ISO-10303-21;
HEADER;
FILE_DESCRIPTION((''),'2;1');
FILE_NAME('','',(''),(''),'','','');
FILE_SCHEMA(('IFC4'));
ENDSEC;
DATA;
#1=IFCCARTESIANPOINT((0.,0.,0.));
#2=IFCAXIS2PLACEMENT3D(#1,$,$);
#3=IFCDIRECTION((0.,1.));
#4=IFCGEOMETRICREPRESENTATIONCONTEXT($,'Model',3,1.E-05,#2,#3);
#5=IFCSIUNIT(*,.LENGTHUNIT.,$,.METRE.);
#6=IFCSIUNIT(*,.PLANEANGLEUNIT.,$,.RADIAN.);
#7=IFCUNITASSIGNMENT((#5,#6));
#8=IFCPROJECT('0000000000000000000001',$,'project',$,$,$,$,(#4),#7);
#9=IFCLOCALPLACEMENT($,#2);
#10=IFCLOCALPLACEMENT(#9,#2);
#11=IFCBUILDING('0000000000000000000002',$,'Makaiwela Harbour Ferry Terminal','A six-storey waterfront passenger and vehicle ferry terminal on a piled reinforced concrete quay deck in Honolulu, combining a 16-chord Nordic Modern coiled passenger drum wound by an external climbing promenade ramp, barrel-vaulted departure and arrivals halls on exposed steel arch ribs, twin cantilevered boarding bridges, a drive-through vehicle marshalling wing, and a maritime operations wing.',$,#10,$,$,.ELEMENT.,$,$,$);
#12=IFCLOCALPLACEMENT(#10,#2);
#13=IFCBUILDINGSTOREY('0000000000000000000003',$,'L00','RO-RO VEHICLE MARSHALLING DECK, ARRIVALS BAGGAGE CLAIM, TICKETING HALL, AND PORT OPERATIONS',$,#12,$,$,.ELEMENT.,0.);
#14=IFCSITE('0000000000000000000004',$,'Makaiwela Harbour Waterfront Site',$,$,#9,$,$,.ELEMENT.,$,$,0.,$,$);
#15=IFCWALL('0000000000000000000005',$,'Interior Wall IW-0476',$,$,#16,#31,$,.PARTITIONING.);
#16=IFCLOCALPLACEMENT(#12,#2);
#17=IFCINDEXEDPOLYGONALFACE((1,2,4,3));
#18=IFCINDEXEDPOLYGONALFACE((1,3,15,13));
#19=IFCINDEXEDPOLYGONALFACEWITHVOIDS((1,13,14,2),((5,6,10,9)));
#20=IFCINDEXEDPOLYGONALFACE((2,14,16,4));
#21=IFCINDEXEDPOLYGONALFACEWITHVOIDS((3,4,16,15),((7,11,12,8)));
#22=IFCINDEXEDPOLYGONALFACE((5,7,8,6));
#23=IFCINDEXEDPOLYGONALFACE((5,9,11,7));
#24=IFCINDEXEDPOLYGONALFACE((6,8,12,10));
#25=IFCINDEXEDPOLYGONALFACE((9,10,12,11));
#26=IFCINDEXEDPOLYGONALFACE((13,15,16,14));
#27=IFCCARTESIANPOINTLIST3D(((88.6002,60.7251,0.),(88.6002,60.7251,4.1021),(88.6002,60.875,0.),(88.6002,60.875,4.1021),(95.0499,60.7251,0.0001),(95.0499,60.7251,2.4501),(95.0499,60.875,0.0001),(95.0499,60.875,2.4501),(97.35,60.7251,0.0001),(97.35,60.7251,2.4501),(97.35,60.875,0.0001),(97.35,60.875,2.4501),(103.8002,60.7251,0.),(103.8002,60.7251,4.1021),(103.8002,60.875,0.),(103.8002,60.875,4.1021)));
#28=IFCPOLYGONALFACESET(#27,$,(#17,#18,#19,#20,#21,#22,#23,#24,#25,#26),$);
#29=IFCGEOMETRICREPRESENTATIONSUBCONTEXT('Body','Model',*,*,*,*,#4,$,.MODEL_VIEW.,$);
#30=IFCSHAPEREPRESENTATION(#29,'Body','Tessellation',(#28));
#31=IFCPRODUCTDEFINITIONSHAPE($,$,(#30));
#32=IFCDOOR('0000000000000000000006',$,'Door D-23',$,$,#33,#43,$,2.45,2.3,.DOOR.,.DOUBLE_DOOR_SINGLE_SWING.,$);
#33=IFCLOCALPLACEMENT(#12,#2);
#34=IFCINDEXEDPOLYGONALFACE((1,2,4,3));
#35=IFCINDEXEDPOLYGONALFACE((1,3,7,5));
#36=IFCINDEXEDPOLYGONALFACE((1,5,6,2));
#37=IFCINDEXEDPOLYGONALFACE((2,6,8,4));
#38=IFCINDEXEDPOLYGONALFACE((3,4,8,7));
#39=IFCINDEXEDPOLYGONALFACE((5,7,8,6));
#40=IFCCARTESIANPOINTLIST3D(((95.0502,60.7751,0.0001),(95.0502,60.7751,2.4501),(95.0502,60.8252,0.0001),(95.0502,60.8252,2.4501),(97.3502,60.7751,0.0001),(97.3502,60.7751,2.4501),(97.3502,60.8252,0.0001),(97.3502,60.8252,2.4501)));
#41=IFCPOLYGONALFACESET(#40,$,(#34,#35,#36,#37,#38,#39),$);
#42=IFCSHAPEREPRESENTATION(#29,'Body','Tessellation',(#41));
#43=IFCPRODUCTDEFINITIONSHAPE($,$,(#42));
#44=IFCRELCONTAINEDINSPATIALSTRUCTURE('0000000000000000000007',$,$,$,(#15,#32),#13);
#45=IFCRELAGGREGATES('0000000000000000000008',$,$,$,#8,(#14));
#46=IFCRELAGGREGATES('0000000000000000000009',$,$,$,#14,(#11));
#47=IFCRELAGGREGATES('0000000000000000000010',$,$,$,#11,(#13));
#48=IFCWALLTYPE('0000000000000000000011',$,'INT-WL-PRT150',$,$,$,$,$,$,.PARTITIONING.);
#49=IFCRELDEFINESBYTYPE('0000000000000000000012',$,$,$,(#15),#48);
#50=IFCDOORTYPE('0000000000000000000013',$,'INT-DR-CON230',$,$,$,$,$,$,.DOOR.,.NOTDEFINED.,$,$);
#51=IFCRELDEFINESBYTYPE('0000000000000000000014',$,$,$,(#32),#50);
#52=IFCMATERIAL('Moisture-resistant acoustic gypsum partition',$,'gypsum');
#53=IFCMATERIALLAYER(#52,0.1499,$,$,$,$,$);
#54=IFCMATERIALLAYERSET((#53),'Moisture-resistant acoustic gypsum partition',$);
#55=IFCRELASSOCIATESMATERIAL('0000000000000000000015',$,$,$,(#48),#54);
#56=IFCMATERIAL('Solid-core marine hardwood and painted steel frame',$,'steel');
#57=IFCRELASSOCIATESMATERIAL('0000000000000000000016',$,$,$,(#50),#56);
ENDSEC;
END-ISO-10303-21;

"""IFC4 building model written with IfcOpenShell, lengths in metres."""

from ifc_helpers import new_model, si_unit, direction, frame, frame_2d, origin, place, context, subcontext, project, spatial, rectangle, extrude, material, layer, layer_set, type_object, element, fill, save


model = new_model("IFC4")

# Units and contexts
model_context = context("Model", 3, precision=1e-05, world=origin(), true_north=direction((0.0, 1.0)))
body_context = subcontext(model_context, "Body", "Model", "MODEL_VIEW")
ifc_project = project(units=[si_unit("LENGTHUNIT", "METRE"), si_unit("PLANEANGLEUNIT", "RADIAN")], contexts=[model_context])

# Site, building, storey
site_placement = place(None, origin())
site = spatial("IfcSite", under=ifc_project, at=site_placement, Name="Makaiwela Harbour Waterfront Site", CompositionType="ELEMENT", RefElevation=0.0)
building_placement = place(site_placement, origin())
building = spatial("IfcBuilding", under=site, at=building_placement, Name="Makaiwela Harbour Ferry Terminal", Description="A six-storey waterfront passenger and vehicle ferry terminal on a piled reinforced concrete quay deck in Honolulu, combining a 16-chord Nordic Modern coiled passenger drum wound by an external climbing promenade ramp, barrel-vaulted departure and arrivals halls on exposed steel arch ribs, twin cantilevered boarding bridges, a drive-through vehicle marshalling wing, and a maritime operations wing.", CompositionType="ELEMENT")
storey_placement = place(building_placement, origin())
storey = spatial("IfcBuildingStorey", under=building, at=storey_placement, Name="L00", Description="RO-RO VEHICLE MARSHALLING DECK, ARRIVALS BAGGAGE CLAIM, TICKETING HALL, AND PORT OPERATIONS", CompositionType="ELEMENT", Elevation=0.0)

# Wall, opening, door
ifc_material_1 = material(Name="Moisture-resistant acoustic gypsum partition", Category="gypsum")
ifc_layer_1 = layer(ifc_material_1, 0.1499)
ifc_layer_set_1 = layer_set([ifc_layer_1], Name="Moisture-resistant acoustic gypsum partition")
wall_type = type_object("IfcWallType", Name="INT-WL-PRT150", PredefinedType="PARTITIONING", material=ifc_layer_set_1)
wall_placement = place(storey_placement, frame((88.6001, 60.8, 0.0), z_axis=(0.0, 0.0, 1.0), x_axis=(1.0, 0.0, 0.0)))
wall = element("IfcWall", 1, at=wall_placement, inside=storey, type_object=wall_type, Name="Interior Wall IW-0476", PredefinedType="PARTITIONING", context=body_context, shape_type="SweptSolid", body=[
    extrude(rectangle(XDim=15.2, YDim=0.1499, at=frame_2d((7.6001, 0.0))), origin(), (0.0, 0.0, 1.0), 4.1021),
])
opening_placement = place(wall_placement, frame((6.45, 0.0, 0.0)))
opening = element("IfcOpeningElement", 2, at=opening_placement, cuts=wall, PredefinedType="OPENING", context=body_context, shape_type="SweptSolid", body=[
    extrude(rectangle(XDim=2.3, YDim=2.45, at=frame_2d((1.1499, 1.2251))), frame((0.0, 0.085, 0.0), z_axis=(0.0, -1.0, 0.0), x_axis=(1.0, 0.0, 0.0)), (0.0, 0.0, 1.0), 0.1699),
])
ifc_material_2 = material(Name="Solid-core marine hardwood and painted steel frame", Category="steel")
door_type = type_object("IfcDoorType", Name="INT-DR-CON230", OperationType="NOTDEFINED", PredefinedType="DOOR", material=ifc_material_2)
door_placement = place(opening_placement, frame((2.3, 0.0, 0.0), z_axis=(0.0, 0.0, 1.0), x_axis=(-1.0, 0.0, 0.0)))
door = element("IfcDoor", 3, at=door_placement, inside=storey, type_object=door_type, Name="Door D-23", OperationType="DOUBLE_DOOR_SINGLE_SWING", OverallHeight=2.45, OverallWidth=2.3, PredefinedType="DOOR", context=body_context, shape_type="SweptSolid", body=[
    extrude(rectangle(XDim=2.3, YDim=2.45, at=frame_2d((1.1499, 1.2251))), frame((0.0, 0.0249, 0.0), z_axis=(0.0, -1.0, 0.0), x_axis=(1.0, 0.0, 0.0)), (0.0, 0.0, 1.0), 0.05),
])
fill(opening, door)

save(model, "model.ifc")
